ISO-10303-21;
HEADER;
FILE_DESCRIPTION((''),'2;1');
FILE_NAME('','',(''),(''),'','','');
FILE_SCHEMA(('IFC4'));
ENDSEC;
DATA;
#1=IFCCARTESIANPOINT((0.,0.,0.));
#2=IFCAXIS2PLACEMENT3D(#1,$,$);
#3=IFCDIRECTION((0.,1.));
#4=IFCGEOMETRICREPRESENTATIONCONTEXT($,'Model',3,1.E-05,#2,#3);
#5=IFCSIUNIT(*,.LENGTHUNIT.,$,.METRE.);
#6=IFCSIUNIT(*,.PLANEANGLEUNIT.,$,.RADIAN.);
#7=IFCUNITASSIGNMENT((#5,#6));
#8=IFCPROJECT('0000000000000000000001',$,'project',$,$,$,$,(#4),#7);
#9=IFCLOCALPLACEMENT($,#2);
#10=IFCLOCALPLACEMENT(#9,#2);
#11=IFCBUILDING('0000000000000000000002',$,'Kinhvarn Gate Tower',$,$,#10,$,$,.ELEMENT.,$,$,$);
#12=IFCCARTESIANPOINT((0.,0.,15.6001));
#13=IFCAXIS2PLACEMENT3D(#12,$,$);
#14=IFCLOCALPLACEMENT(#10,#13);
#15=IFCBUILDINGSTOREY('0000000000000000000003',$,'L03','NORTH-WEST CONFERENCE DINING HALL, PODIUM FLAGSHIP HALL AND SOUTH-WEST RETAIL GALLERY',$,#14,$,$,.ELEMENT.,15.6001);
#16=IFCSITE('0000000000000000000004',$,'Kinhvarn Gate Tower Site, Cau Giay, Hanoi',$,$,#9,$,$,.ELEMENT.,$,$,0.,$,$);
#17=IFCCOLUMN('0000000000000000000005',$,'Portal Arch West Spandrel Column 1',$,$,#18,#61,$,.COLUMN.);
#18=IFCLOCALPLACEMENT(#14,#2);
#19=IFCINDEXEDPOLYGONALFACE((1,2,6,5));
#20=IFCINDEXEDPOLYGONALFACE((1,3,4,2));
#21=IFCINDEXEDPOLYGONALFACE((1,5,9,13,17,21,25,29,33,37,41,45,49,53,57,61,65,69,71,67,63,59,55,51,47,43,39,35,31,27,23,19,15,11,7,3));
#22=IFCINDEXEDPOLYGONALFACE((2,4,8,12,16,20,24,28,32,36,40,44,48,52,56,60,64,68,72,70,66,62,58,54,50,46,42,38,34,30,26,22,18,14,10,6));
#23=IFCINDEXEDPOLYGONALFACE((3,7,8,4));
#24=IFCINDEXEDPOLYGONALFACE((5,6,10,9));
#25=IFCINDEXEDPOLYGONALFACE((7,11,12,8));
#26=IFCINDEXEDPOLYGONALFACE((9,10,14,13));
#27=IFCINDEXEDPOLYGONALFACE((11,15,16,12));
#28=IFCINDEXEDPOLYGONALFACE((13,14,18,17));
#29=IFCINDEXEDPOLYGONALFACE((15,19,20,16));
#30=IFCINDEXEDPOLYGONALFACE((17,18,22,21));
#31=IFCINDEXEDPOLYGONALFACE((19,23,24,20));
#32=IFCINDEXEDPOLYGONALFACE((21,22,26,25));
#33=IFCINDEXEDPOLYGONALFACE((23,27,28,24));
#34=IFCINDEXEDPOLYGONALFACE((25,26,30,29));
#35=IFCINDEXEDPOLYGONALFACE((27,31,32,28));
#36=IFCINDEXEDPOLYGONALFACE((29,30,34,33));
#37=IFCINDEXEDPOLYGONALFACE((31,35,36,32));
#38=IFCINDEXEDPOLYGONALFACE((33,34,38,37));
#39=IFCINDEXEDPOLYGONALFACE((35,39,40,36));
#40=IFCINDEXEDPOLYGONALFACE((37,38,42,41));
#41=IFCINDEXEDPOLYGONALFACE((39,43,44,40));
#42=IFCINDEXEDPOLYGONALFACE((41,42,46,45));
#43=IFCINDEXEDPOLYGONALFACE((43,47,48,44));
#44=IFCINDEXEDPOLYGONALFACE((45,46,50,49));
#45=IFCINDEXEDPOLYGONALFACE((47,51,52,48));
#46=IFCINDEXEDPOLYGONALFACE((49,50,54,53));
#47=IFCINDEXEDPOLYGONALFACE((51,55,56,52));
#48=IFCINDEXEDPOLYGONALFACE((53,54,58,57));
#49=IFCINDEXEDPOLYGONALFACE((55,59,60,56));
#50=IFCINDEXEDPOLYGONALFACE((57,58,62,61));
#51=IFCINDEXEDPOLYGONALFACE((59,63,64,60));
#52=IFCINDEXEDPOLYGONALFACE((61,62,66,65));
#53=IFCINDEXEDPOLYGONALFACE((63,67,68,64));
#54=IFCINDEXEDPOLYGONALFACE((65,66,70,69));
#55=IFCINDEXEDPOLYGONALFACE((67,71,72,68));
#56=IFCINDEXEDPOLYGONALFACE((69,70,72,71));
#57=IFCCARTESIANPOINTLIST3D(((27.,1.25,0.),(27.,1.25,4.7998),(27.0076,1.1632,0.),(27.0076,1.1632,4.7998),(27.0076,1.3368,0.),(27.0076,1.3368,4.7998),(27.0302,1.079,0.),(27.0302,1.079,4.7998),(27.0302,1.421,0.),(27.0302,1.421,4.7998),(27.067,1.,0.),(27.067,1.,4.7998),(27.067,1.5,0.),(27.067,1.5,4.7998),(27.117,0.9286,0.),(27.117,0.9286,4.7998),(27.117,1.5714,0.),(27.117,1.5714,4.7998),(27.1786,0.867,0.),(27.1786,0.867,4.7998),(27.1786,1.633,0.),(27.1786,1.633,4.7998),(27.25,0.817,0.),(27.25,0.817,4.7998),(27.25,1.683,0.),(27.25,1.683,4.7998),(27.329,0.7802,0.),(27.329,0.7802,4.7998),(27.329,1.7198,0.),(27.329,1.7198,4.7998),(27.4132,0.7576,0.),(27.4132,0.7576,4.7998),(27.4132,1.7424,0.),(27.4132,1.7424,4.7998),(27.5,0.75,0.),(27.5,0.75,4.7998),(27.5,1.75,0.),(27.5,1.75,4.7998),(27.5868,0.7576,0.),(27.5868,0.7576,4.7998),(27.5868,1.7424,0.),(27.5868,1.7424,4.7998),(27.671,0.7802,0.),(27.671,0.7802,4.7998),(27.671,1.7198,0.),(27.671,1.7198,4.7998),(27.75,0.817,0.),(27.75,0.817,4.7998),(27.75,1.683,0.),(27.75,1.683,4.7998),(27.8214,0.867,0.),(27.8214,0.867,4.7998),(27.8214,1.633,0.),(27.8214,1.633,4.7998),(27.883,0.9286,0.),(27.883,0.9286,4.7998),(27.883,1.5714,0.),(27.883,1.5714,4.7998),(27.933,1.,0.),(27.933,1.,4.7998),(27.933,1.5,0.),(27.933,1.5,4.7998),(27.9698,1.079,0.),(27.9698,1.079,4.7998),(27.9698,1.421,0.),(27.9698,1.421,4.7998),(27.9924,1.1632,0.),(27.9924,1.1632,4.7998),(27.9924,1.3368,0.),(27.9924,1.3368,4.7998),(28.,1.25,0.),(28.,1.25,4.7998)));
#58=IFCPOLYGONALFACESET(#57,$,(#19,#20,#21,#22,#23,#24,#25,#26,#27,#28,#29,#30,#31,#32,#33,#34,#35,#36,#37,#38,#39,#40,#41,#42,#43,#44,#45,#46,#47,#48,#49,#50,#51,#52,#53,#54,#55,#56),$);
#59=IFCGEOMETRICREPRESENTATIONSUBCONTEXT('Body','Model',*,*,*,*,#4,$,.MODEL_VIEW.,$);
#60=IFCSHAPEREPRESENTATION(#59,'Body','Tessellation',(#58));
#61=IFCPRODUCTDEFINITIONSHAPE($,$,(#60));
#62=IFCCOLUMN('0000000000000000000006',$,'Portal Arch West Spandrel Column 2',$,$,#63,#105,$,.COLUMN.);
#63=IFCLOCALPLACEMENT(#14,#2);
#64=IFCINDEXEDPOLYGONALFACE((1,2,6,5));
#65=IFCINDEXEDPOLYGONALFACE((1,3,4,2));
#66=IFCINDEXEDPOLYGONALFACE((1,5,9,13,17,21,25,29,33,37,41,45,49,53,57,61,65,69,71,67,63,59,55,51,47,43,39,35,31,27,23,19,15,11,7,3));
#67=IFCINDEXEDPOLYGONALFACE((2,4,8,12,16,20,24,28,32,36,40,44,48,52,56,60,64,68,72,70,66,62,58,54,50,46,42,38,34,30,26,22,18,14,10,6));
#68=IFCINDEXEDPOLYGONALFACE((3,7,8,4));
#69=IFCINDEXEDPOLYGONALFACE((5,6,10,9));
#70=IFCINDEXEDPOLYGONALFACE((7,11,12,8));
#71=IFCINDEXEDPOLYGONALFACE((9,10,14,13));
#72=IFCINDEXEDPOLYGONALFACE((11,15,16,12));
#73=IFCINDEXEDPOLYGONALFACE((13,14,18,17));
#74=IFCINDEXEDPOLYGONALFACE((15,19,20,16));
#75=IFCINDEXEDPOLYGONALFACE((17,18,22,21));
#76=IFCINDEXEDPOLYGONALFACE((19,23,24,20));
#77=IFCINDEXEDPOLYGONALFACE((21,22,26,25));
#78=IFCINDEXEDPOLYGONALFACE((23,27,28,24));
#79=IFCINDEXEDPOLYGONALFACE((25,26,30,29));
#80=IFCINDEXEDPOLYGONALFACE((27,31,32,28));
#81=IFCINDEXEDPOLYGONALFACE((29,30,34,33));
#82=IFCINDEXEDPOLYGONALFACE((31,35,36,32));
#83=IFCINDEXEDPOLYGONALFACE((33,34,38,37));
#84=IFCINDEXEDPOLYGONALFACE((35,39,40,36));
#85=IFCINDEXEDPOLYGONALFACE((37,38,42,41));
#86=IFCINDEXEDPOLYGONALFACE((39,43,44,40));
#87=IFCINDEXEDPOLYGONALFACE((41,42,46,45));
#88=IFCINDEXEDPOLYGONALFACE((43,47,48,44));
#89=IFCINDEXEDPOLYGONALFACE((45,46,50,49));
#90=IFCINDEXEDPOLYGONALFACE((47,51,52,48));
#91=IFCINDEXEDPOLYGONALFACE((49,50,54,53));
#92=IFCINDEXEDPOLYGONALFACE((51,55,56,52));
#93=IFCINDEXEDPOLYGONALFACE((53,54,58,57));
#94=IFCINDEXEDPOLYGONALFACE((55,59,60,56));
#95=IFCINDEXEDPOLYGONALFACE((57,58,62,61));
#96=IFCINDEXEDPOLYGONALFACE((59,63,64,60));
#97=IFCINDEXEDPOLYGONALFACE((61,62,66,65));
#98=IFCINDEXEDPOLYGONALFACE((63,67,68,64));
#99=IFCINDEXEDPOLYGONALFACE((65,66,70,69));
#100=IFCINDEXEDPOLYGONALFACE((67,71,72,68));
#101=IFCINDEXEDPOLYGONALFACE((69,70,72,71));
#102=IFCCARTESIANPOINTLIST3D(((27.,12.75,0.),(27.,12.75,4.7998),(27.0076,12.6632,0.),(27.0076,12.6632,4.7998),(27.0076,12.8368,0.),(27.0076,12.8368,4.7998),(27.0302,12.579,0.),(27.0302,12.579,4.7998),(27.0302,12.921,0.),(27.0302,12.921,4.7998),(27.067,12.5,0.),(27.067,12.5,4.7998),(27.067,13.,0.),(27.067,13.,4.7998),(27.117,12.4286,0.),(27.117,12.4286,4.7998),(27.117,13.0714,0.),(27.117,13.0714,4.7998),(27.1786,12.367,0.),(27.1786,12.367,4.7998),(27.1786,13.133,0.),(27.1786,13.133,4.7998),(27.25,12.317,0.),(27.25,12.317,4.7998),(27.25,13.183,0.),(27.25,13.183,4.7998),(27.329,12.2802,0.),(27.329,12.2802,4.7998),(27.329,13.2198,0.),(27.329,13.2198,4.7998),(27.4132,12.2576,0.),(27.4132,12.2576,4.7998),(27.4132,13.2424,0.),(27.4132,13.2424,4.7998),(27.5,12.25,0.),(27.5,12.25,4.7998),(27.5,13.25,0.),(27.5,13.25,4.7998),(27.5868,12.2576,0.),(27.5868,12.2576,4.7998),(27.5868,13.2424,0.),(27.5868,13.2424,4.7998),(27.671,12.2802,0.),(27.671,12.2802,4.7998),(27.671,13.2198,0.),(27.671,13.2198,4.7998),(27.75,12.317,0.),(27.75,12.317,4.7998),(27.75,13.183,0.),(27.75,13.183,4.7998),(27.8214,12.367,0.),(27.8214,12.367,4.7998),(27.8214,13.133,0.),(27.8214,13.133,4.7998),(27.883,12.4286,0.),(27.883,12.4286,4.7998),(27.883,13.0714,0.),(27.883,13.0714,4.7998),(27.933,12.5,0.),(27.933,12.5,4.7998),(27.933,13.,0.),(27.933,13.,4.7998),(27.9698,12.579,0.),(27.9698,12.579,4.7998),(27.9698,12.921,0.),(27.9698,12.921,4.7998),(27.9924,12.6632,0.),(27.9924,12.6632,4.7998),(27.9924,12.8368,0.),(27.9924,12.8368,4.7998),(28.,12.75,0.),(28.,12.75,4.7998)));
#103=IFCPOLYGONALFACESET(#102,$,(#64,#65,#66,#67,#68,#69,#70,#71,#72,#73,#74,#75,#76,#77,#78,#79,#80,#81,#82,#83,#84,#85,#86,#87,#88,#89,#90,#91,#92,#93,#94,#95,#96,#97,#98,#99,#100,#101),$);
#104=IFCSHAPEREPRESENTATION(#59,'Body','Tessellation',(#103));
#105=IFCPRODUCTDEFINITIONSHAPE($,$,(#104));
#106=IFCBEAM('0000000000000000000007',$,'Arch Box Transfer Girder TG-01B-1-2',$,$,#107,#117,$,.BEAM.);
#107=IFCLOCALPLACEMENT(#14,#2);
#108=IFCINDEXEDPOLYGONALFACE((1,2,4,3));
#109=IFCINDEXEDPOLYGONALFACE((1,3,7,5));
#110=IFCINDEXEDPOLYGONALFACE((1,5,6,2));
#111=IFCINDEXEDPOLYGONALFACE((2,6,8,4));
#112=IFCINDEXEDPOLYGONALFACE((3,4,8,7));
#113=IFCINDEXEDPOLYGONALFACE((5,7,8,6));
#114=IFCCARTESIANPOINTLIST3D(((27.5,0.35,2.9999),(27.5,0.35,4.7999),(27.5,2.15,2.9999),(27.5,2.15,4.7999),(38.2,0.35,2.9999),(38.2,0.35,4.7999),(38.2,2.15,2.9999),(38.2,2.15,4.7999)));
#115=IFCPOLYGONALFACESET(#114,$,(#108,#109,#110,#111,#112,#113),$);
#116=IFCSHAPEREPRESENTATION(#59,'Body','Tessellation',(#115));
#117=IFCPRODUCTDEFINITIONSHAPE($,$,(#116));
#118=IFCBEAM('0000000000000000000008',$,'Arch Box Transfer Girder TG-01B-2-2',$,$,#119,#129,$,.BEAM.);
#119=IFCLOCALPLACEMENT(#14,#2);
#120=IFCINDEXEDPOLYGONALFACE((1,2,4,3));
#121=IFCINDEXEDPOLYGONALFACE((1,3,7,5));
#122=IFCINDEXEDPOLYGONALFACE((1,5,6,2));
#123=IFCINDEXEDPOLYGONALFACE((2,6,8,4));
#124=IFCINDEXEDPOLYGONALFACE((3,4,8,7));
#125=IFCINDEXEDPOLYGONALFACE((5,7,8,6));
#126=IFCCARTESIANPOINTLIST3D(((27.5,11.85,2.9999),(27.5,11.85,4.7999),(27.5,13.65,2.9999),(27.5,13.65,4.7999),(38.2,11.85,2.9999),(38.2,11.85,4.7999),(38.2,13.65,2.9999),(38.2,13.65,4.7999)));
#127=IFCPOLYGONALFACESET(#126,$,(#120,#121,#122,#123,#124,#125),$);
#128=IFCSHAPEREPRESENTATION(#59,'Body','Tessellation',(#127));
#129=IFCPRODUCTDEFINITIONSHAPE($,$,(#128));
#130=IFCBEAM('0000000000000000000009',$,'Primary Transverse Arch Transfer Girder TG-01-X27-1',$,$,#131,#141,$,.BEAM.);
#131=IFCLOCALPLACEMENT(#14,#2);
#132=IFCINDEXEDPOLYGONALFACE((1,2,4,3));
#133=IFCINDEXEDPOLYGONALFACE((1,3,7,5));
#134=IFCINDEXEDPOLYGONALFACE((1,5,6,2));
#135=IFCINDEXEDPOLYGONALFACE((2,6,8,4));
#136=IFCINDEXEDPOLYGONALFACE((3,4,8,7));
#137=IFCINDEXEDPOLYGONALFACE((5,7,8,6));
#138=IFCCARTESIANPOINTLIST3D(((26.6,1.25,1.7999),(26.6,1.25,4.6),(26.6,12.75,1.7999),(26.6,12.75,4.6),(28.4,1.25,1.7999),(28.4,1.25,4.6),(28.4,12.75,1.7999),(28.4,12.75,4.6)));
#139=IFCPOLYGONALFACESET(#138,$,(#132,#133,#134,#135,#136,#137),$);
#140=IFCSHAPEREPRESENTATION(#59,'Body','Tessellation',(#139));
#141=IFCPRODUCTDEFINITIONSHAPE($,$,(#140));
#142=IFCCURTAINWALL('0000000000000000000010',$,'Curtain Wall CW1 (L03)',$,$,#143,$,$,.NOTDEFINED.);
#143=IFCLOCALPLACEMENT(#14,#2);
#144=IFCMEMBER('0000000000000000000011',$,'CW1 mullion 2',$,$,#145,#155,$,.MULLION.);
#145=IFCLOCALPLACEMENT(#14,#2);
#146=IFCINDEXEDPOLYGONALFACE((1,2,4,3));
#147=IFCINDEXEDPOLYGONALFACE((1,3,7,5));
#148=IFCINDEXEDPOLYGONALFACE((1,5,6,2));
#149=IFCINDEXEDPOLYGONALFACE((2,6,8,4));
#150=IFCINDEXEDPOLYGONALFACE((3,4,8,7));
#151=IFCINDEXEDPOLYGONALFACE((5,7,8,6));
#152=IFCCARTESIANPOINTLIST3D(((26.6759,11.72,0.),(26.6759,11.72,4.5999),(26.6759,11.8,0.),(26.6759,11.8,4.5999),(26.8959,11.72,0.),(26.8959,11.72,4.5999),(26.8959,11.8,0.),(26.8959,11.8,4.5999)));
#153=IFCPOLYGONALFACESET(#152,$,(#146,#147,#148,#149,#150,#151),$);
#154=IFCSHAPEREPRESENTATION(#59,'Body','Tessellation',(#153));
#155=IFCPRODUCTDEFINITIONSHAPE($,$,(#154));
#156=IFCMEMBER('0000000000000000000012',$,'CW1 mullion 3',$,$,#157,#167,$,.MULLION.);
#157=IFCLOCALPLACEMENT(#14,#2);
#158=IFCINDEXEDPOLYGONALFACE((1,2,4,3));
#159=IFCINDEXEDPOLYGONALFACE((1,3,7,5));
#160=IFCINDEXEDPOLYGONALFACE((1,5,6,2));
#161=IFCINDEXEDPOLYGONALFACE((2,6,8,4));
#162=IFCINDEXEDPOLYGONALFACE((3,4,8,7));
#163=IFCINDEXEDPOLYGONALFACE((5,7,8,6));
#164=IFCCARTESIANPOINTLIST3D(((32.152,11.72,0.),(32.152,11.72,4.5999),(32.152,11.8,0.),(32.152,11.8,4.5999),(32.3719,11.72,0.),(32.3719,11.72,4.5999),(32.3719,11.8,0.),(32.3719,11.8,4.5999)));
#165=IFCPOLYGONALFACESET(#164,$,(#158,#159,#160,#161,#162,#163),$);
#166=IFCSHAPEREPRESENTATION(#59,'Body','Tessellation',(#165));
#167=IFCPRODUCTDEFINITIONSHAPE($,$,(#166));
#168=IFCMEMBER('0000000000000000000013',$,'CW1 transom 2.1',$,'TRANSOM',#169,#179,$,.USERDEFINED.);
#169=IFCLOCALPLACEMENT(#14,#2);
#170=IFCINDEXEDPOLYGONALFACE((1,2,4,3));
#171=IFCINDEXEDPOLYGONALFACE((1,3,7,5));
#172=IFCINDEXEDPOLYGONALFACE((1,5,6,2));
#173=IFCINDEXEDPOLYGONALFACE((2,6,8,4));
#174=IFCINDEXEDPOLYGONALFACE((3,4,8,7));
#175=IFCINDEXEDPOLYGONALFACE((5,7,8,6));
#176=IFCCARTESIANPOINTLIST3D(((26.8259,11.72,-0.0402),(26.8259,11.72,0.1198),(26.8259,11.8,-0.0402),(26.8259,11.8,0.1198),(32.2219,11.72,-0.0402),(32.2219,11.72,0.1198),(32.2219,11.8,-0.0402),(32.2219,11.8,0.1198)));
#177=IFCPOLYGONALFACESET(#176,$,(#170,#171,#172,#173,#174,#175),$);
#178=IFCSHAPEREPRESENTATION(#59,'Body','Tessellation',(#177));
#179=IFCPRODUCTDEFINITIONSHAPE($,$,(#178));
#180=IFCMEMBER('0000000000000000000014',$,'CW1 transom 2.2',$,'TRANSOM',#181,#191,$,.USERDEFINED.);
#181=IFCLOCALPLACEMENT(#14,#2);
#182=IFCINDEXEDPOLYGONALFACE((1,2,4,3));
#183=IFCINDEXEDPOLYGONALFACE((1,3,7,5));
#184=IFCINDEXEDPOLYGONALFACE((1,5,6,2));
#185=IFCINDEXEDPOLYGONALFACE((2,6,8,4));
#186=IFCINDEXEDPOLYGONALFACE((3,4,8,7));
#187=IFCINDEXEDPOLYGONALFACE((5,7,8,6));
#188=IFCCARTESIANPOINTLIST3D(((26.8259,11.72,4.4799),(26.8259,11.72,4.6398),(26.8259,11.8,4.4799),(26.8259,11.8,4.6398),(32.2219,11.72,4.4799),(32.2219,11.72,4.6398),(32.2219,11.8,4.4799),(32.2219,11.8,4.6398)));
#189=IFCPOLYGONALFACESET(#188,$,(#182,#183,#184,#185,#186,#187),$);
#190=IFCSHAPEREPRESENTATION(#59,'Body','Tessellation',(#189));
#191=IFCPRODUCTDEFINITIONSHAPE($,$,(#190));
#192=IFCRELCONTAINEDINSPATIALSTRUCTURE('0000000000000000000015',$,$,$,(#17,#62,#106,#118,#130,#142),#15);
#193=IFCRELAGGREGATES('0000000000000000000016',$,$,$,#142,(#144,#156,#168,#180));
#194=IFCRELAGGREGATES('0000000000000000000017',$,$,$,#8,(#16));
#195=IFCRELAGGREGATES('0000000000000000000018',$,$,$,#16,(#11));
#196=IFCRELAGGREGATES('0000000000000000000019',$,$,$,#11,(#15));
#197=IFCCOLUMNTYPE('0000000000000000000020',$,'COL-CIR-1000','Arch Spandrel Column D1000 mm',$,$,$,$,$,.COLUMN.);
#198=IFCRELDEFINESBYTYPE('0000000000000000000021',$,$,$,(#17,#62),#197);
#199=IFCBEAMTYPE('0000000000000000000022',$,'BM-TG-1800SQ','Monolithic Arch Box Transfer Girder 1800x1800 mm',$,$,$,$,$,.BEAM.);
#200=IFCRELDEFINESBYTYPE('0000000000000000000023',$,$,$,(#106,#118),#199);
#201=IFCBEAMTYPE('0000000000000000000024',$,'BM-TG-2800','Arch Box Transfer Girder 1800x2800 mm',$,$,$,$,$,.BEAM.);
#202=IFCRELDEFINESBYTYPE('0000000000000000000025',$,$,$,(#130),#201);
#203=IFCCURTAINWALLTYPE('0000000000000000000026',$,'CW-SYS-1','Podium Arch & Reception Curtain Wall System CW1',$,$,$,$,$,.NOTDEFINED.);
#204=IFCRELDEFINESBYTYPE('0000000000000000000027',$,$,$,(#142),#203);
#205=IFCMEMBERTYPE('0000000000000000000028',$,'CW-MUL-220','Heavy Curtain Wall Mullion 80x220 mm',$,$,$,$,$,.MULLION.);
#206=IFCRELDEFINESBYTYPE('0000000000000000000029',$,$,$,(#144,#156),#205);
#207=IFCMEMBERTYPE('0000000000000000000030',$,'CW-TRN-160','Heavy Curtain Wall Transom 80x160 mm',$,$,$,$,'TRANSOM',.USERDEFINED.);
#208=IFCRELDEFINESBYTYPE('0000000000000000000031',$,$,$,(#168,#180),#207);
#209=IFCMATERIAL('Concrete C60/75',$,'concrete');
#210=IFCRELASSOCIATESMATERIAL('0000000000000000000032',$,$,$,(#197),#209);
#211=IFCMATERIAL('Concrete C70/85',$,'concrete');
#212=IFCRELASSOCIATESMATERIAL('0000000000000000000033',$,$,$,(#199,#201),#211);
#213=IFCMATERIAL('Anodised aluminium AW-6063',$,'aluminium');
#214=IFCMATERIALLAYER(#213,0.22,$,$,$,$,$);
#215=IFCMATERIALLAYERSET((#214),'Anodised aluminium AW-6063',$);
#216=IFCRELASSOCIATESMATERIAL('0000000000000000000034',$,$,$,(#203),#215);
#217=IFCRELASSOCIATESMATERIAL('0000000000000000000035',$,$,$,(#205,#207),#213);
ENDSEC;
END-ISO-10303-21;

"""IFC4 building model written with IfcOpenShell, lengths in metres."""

from ifc_helpers import new_model, si_unit, direction, frame, origin, origin_2d, place, context, subcontext, project, spatial, rectangle, circle, extrude, material, layer, layer_set, material_profile, profile_set, type_object, element, aggregate, save


model = new_model("IFC4")

# Units and contexts
model_context = context("Model", 3, precision=1e-05, world=origin(), true_north=direction((0.0, 1.0)))
body_context = subcontext(model_context, "Body", "Model", "MODEL_VIEW")
ifc_project = project(units=[si_unit("LENGTHUNIT", "METRE"), si_unit("PLANEANGLEUNIT", "RADIAN")], contexts=[model_context])

# Site, building, storey
site_placement = place(None, origin())
site = spatial("IfcSite", under=ifc_project, at=site_placement, Name="Kinhvarn Gate Tower Site, Cau Giay, Hanoi", CompositionType="ELEMENT", RefElevation=0.0)
building_placement = place(site_placement, origin())
building = spatial("IfcBuilding", under=site, at=building_placement, Name="Kinhvarn Gate Tower", CompositionType="ELEMENT")
storey_placement = place(building_placement, frame((0.0, 0.0, 15.6001)))
storey = spatial("IfcBuildingStorey", under=building, at=storey_placement, Name="L03", Description="NORTH-WEST CONFERENCE DINING HALL, PODIUM FLAGSHIP HALL AND SOUTH-WEST RETAIL GALLERY", CompositionType="ELEMENT", Elevation=15.6001)

# Columns
ifc_material_1 = material(Name="Concrete C60/75", Category="concrete")
ifc_material_profile_1 = material_profile(ifc_material_1, circle(Radius=0.5, at=origin_2d()), Name="RC D1000")
ifc_profile_set_1 = profile_set([ifc_material_profile_1], Name="Concrete C60/75")
column_type = type_object("IfcColumnType", Name="COL-CIR-1000", Description="Arch Spandrel Column D1000 mm", PredefinedType="COLUMN", material=ifc_profile_set_1)
for number, where, z_axis, x_axis, name in (
    (1, (27.5, 1.25, 0.0), (0.0, 0.0, 1.0), (1.0, 0.0, 0.0), "Portal Arch West Spandrel Column 1"),
    (2, (27.5, 12.75, 0.0), (0.0, 0.0, 1.0), (1.0, 0.0, 0.0), "Portal Arch West Spandrel Column 2"),
):
    element("IfcColumn", number, at=place(storey_placement, frame(where, z_axis=z_axis, x_axis=x_axis)), inside=storey, type_object=column_type, Name=name, PredefinedType="COLUMN", context=body_context, shape_type="SweptSolid", body=[
        extrude(circle(Radius=0.5, at=origin_2d()), origin(), (0.0, 0.0, 1.0), 4.7998),
    ])

# Beams
ifc_material_2 = material(Name="Concrete C70/85", Category="concrete")
ifc_material_profile_2 = material_profile(ifc_material_2, rectangle(XDim=1.8, YDim=1.8, at=origin_2d()), Name="RC 1800x1800")
ifc_profile_set_2 = profile_set([ifc_material_profile_2], Name="Concrete C70/85")
beam_type_1 = type_object("IfcBeamType", Name="BM-TG-1800SQ", Description="Monolithic Arch Box Transfer Girder 1800x1800 mm", PredefinedType="BEAM", material=ifc_profile_set_2)
for number, where, z_axis, x_axis, name in (
    (3, (27.5, 1.25, 3.8999), (1.0, 0.0, 0.0), (0.0, 1.0, 0.0), "Arch Box Transfer Girder TG-01B-1-2"),
    (4, (27.5, 12.75, 3.8999), (1.0, 0.0, 0.0), (0.0, 1.0, 0.0), "Arch Box Transfer Girder TG-01B-2-2"),
):
    element("IfcBeam", number, at=place(storey_placement, frame(where, z_axis=z_axis, x_axis=x_axis)), inside=storey, type_object=beam_type_1, Name=name, PredefinedType="BEAM", context=body_context, shape_type="SweptSolid", body=[
        extrude(rectangle(XDim=1.8, YDim=1.8, at=origin_2d()), origin(), (0.0, 0.0, 1.0), 10.7),
    ])
ifc_material_profile_3 = material_profile(ifc_material_2, rectangle(XDim=1.8, YDim=2.8, at=origin_2d()), Name="RC 1800x2800")
ifc_profile_set_3 = profile_set([ifc_material_profile_3], Name="Concrete C70/85")
beam_type_2 = type_object("IfcBeamType", Name="BM-TG-2800", Description="Arch Box Transfer Girder 1800x2800 mm", PredefinedType="BEAM", material=ifc_profile_set_3)
beam_placement = place(storey_placement, frame((27.5, 1.25, 3.2), z_axis=(0.0, 1.0, 0.0), x_axis=(-1.0, 0.0, 0.0)))
element("IfcBeam", 5, at=beam_placement, inside=storey, type_object=beam_type_2, Name="Primary Transverse Arch Transfer Girder TG-01-X27-1", PredefinedType="BEAM", context=body_context, shape_type="SweptSolid", body=[
    extrude(rectangle(XDim=1.8, YDim=2.8, at=origin_2d()), origin(), (0.0, 0.0, 1.0), 11.5),
])

# Curtain wall, members
ifc_material_3 = material(Name="Anodised aluminium AW-6063", Category="aluminium")
ifc_layer_1 = layer(ifc_material_3, 0.22)
ifc_layer_set_1 = layer_set([ifc_layer_1], Name="Anodised aluminium AW-6063")
curtain_wall_type = type_object("IfcCurtainWallType", Name="CW-SYS-1", Description="Podium Arch & Reception Curtain Wall System CW1", PredefinedType="NOTDEFINED", material=ifc_layer_set_1)
curtain_wall_placement = place(storey_placement, origin())
curtain_wall = element("IfcCurtainWall", 6, at=curtain_wall_placement, inside=storey, type_object=curtain_wall_type, Name="Curtain Wall CW1 (L03)", PredefinedType="NOTDEFINED")
ifc_material_profile_4 = material_profile(ifc_material_3, rectangle(XDim=0.0801, YDim=0.22, at=origin_2d()), Name="ALU 80x220")
ifc_profile_set_4 = profile_set([ifc_material_profile_4], Name="Anodised aluminium AW-6063")
member_type_1 = type_object("IfcMemberType", Name="CW-MUL-220", Description="Heavy Curtain Wall Mullion 80x220 mm", PredefinedType="MULLION", material=ifc_profile_set_4)
member_1_placement = place(storey_placement, frame((26.7859, 11.76, 0.0), z_axis=(0.0, 0.0, 1.0), x_axis=(0.0, 1.0, 0.0)))
member_1 = element("IfcMember", 7, at=member_1_placement, type_object=member_type_1, Name="CW1 mullion 2", PredefinedType="MULLION", context=body_context, shape_type="SweptSolid", body=[
    extrude(rectangle(XDim=0.0801, YDim=0.22, at=origin_2d()), origin(), (0.0, 0.0, 1.0), 4.5999),
])
member_2_placement = place(storey_placement, frame((32.262, 11.76, 0.0), z_axis=(0.0, 0.0, 1.0), x_axis=(0.0, 1.0, 0.0)))
member_2 = element("IfcMember", 8, at=member_2_placement, type_object=member_type_1, Name="CW1 mullion 3", PredefinedType="MULLION", context=body_context, shape_type="SweptSolid", body=[
    extrude(rectangle(XDim=0.0801, YDim=0.22, at=origin_2d()), origin(), (0.0, 0.0, 1.0), 4.5999),
])
ifc_material_profile_5 = material_profile(ifc_material_3, rectangle(XDim=0.0801, YDim=0.1599, at=origin_2d()), Name="ALU 80x160")
ifc_profile_set_5 = profile_set([ifc_material_profile_5], Name="Anodised aluminium AW-6063")
member_type_2 = type_object("IfcMemberType", Name="CW-TRN-160", Description="Heavy Curtain Wall Transom 80x160 mm", ElementType="TRANSOM", PredefinedType="USERDEFINED", material=ifc_profile_set_5)
member_3_placement = place(storey_placement, frame((26.8259, 11.76, 0.0398), z_axis=(1.0, 0.0, 0.0), x_axis=(0.0, 1.0, 0.0)))
member_3 = element("IfcMember", 9, at=member_3_placement, type_object=member_type_2, Name="CW1 transom 2.1", ObjectType="TRANSOM", PredefinedType="USERDEFINED", context=body_context, shape_type="SweptSolid", body=[
    extrude(rectangle(XDim=0.0801, YDim=0.1599, at=origin_2d()), origin(), (0.0, 0.0, 1.0), 5.396),
])
member_4_placement = place(storey_placement, frame((26.8259, 11.76, 4.5598), z_axis=(1.0, 0.0, 0.0), x_axis=(0.0, 1.0, 0.0)))
member_4 = element("IfcMember", 10, at=member_4_placement, type_object=member_type_2, Name="CW1 transom 2.2", ObjectType="TRANSOM", PredefinedType="USERDEFINED", context=body_context, shape_type="SweptSolid", body=[
    extrude(rectangle(XDim=0.0801, YDim=0.1599, at=origin_2d()), origin(), (0.0, 0.0, 1.0), 5.396),
])

aggregate(curtain_wall, [member_1, member_2, member_3, member_4])

save(model, "model.ifc")
